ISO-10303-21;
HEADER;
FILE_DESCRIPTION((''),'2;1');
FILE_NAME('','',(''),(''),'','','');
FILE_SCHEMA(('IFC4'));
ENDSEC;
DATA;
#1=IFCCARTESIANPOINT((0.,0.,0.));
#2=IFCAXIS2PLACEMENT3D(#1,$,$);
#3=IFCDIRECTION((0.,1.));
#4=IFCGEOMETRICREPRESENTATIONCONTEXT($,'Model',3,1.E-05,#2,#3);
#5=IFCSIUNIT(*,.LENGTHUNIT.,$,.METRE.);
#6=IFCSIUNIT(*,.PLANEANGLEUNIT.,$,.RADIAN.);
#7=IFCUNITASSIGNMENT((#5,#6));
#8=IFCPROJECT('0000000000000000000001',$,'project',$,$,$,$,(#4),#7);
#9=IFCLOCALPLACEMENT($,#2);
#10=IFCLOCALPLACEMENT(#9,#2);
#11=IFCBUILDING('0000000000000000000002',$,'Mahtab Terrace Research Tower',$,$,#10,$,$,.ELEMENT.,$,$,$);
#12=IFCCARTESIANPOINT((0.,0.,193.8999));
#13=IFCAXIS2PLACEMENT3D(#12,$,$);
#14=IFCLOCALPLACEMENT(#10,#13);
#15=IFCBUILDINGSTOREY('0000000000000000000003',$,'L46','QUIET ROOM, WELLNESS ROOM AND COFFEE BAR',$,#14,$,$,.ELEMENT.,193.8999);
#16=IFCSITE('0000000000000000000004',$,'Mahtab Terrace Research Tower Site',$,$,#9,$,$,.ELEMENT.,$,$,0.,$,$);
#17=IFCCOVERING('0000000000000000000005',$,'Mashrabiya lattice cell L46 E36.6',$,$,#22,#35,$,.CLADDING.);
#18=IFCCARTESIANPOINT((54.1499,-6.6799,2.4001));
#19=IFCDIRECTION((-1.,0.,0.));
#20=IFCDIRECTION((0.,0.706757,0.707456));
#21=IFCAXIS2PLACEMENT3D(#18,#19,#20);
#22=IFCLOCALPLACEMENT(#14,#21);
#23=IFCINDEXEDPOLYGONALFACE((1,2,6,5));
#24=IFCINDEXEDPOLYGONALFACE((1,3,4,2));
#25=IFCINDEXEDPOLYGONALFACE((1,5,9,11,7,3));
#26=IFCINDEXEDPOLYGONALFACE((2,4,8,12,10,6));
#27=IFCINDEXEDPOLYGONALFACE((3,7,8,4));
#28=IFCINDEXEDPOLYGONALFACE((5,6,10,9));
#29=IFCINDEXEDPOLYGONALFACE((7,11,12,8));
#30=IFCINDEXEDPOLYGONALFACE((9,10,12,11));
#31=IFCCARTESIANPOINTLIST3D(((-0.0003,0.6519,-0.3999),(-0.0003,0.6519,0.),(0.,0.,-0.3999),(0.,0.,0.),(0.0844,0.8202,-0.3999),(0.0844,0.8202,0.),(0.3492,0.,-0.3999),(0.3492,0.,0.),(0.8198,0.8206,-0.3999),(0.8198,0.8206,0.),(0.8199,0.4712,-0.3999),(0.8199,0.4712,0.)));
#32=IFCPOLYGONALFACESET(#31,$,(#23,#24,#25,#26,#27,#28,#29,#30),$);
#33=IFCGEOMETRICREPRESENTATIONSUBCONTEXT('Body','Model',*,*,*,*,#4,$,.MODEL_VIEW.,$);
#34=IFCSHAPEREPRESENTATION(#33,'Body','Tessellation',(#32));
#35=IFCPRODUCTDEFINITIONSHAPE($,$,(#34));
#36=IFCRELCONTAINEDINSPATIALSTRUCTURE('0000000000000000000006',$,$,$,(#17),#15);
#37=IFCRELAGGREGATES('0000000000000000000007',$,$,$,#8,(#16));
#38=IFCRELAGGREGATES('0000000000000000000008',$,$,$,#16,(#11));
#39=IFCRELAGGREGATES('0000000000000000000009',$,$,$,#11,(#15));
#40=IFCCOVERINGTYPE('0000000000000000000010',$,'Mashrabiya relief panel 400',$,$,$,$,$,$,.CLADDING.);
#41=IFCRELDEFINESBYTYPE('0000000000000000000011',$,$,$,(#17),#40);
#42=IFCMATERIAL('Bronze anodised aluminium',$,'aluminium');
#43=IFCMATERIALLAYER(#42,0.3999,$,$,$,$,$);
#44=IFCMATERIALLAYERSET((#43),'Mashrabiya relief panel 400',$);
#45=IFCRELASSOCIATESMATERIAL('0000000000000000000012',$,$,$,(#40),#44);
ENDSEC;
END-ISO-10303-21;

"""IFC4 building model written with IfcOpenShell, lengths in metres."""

from ifc_helpers import new_model, si_unit, direction, frame, origin, place, context, subcontext, project, spatial, polyline, outline, extrude, material, layer, layer_set, type_object, element, save


model = new_model("IFC4")

# Units and contexts
model_context = context("Model", 3, precision=1e-05, world=origin(), true_north=direction((0.0, 1.0)))
body_context = subcontext(model_context, "Body", "Model", "MODEL_VIEW")
ifc_project = project(units=[si_unit("LENGTHUNIT", "METRE"), si_unit("PLANEANGLEUNIT", "RADIAN")], contexts=[model_context])

# Site, building, storey
site_placement = place(None, origin())
site = spatial("IfcSite", under=ifc_project, at=site_placement, Name="Mahtab Terrace Research Tower Site", CompositionType="ELEMENT", RefElevation=0.0)
building_placement = place(site_placement, origin())
building = spatial("IfcBuilding", under=site, at=building_placement, Name="Mahtab Terrace Research Tower", CompositionType="ELEMENT")
storey_placement = place(building_placement, frame((0.0, 0.0, 193.8999)))
storey = spatial("IfcBuildingStorey", under=building, at=storey_placement, Name="L46", Description="QUIET ROOM, WELLNESS ROOM AND COFFEE BAR", CompositionType="ELEMENT", Elevation=193.8999)

# Covering
ifc_material_1 = material(Name="Bronze anodised aluminium", Category="aluminium")
ifc_layer_1 = layer(ifc_material_1, 0.3999)
ifc_layer_set_1 = layer_set([ifc_layer_1], Name="Mashrabiya relief panel 400")
covering_type_1 = type_object("IfcCoveringType", Name="Mashrabiya relief panel 400", PredefinedType="CLADDING", material=ifc_layer_set_1)
covering_1_placement = place(storey_placement, frame((54.1499, -6.6799, 2.4001), z_axis=(-1.0, 0.0, 0.0), x_axis=(0.0, 0.706757, 0.707456)))
element("IfcCovering", 1, at=covering_1_placement, inside=storey, type_object=covering_type_1, Name="Mashrabiya lattice cell L46 E36.6", PredefinedType="CLADDING", context=body_context, shape_type="SweptSolid", body=[
    extrude(outline(polyline([(0.0, 0.0), (0.3492, 0.0), (0.8199, 0.4712), (0.8198, 0.8206), (0.0844, 0.8202), (-0.0003, 0.6519), (0.0, 0.0)])), origin(), (0.0, 0.0, -1.0), 0.3999),
])

save(model, "model.ifc")
